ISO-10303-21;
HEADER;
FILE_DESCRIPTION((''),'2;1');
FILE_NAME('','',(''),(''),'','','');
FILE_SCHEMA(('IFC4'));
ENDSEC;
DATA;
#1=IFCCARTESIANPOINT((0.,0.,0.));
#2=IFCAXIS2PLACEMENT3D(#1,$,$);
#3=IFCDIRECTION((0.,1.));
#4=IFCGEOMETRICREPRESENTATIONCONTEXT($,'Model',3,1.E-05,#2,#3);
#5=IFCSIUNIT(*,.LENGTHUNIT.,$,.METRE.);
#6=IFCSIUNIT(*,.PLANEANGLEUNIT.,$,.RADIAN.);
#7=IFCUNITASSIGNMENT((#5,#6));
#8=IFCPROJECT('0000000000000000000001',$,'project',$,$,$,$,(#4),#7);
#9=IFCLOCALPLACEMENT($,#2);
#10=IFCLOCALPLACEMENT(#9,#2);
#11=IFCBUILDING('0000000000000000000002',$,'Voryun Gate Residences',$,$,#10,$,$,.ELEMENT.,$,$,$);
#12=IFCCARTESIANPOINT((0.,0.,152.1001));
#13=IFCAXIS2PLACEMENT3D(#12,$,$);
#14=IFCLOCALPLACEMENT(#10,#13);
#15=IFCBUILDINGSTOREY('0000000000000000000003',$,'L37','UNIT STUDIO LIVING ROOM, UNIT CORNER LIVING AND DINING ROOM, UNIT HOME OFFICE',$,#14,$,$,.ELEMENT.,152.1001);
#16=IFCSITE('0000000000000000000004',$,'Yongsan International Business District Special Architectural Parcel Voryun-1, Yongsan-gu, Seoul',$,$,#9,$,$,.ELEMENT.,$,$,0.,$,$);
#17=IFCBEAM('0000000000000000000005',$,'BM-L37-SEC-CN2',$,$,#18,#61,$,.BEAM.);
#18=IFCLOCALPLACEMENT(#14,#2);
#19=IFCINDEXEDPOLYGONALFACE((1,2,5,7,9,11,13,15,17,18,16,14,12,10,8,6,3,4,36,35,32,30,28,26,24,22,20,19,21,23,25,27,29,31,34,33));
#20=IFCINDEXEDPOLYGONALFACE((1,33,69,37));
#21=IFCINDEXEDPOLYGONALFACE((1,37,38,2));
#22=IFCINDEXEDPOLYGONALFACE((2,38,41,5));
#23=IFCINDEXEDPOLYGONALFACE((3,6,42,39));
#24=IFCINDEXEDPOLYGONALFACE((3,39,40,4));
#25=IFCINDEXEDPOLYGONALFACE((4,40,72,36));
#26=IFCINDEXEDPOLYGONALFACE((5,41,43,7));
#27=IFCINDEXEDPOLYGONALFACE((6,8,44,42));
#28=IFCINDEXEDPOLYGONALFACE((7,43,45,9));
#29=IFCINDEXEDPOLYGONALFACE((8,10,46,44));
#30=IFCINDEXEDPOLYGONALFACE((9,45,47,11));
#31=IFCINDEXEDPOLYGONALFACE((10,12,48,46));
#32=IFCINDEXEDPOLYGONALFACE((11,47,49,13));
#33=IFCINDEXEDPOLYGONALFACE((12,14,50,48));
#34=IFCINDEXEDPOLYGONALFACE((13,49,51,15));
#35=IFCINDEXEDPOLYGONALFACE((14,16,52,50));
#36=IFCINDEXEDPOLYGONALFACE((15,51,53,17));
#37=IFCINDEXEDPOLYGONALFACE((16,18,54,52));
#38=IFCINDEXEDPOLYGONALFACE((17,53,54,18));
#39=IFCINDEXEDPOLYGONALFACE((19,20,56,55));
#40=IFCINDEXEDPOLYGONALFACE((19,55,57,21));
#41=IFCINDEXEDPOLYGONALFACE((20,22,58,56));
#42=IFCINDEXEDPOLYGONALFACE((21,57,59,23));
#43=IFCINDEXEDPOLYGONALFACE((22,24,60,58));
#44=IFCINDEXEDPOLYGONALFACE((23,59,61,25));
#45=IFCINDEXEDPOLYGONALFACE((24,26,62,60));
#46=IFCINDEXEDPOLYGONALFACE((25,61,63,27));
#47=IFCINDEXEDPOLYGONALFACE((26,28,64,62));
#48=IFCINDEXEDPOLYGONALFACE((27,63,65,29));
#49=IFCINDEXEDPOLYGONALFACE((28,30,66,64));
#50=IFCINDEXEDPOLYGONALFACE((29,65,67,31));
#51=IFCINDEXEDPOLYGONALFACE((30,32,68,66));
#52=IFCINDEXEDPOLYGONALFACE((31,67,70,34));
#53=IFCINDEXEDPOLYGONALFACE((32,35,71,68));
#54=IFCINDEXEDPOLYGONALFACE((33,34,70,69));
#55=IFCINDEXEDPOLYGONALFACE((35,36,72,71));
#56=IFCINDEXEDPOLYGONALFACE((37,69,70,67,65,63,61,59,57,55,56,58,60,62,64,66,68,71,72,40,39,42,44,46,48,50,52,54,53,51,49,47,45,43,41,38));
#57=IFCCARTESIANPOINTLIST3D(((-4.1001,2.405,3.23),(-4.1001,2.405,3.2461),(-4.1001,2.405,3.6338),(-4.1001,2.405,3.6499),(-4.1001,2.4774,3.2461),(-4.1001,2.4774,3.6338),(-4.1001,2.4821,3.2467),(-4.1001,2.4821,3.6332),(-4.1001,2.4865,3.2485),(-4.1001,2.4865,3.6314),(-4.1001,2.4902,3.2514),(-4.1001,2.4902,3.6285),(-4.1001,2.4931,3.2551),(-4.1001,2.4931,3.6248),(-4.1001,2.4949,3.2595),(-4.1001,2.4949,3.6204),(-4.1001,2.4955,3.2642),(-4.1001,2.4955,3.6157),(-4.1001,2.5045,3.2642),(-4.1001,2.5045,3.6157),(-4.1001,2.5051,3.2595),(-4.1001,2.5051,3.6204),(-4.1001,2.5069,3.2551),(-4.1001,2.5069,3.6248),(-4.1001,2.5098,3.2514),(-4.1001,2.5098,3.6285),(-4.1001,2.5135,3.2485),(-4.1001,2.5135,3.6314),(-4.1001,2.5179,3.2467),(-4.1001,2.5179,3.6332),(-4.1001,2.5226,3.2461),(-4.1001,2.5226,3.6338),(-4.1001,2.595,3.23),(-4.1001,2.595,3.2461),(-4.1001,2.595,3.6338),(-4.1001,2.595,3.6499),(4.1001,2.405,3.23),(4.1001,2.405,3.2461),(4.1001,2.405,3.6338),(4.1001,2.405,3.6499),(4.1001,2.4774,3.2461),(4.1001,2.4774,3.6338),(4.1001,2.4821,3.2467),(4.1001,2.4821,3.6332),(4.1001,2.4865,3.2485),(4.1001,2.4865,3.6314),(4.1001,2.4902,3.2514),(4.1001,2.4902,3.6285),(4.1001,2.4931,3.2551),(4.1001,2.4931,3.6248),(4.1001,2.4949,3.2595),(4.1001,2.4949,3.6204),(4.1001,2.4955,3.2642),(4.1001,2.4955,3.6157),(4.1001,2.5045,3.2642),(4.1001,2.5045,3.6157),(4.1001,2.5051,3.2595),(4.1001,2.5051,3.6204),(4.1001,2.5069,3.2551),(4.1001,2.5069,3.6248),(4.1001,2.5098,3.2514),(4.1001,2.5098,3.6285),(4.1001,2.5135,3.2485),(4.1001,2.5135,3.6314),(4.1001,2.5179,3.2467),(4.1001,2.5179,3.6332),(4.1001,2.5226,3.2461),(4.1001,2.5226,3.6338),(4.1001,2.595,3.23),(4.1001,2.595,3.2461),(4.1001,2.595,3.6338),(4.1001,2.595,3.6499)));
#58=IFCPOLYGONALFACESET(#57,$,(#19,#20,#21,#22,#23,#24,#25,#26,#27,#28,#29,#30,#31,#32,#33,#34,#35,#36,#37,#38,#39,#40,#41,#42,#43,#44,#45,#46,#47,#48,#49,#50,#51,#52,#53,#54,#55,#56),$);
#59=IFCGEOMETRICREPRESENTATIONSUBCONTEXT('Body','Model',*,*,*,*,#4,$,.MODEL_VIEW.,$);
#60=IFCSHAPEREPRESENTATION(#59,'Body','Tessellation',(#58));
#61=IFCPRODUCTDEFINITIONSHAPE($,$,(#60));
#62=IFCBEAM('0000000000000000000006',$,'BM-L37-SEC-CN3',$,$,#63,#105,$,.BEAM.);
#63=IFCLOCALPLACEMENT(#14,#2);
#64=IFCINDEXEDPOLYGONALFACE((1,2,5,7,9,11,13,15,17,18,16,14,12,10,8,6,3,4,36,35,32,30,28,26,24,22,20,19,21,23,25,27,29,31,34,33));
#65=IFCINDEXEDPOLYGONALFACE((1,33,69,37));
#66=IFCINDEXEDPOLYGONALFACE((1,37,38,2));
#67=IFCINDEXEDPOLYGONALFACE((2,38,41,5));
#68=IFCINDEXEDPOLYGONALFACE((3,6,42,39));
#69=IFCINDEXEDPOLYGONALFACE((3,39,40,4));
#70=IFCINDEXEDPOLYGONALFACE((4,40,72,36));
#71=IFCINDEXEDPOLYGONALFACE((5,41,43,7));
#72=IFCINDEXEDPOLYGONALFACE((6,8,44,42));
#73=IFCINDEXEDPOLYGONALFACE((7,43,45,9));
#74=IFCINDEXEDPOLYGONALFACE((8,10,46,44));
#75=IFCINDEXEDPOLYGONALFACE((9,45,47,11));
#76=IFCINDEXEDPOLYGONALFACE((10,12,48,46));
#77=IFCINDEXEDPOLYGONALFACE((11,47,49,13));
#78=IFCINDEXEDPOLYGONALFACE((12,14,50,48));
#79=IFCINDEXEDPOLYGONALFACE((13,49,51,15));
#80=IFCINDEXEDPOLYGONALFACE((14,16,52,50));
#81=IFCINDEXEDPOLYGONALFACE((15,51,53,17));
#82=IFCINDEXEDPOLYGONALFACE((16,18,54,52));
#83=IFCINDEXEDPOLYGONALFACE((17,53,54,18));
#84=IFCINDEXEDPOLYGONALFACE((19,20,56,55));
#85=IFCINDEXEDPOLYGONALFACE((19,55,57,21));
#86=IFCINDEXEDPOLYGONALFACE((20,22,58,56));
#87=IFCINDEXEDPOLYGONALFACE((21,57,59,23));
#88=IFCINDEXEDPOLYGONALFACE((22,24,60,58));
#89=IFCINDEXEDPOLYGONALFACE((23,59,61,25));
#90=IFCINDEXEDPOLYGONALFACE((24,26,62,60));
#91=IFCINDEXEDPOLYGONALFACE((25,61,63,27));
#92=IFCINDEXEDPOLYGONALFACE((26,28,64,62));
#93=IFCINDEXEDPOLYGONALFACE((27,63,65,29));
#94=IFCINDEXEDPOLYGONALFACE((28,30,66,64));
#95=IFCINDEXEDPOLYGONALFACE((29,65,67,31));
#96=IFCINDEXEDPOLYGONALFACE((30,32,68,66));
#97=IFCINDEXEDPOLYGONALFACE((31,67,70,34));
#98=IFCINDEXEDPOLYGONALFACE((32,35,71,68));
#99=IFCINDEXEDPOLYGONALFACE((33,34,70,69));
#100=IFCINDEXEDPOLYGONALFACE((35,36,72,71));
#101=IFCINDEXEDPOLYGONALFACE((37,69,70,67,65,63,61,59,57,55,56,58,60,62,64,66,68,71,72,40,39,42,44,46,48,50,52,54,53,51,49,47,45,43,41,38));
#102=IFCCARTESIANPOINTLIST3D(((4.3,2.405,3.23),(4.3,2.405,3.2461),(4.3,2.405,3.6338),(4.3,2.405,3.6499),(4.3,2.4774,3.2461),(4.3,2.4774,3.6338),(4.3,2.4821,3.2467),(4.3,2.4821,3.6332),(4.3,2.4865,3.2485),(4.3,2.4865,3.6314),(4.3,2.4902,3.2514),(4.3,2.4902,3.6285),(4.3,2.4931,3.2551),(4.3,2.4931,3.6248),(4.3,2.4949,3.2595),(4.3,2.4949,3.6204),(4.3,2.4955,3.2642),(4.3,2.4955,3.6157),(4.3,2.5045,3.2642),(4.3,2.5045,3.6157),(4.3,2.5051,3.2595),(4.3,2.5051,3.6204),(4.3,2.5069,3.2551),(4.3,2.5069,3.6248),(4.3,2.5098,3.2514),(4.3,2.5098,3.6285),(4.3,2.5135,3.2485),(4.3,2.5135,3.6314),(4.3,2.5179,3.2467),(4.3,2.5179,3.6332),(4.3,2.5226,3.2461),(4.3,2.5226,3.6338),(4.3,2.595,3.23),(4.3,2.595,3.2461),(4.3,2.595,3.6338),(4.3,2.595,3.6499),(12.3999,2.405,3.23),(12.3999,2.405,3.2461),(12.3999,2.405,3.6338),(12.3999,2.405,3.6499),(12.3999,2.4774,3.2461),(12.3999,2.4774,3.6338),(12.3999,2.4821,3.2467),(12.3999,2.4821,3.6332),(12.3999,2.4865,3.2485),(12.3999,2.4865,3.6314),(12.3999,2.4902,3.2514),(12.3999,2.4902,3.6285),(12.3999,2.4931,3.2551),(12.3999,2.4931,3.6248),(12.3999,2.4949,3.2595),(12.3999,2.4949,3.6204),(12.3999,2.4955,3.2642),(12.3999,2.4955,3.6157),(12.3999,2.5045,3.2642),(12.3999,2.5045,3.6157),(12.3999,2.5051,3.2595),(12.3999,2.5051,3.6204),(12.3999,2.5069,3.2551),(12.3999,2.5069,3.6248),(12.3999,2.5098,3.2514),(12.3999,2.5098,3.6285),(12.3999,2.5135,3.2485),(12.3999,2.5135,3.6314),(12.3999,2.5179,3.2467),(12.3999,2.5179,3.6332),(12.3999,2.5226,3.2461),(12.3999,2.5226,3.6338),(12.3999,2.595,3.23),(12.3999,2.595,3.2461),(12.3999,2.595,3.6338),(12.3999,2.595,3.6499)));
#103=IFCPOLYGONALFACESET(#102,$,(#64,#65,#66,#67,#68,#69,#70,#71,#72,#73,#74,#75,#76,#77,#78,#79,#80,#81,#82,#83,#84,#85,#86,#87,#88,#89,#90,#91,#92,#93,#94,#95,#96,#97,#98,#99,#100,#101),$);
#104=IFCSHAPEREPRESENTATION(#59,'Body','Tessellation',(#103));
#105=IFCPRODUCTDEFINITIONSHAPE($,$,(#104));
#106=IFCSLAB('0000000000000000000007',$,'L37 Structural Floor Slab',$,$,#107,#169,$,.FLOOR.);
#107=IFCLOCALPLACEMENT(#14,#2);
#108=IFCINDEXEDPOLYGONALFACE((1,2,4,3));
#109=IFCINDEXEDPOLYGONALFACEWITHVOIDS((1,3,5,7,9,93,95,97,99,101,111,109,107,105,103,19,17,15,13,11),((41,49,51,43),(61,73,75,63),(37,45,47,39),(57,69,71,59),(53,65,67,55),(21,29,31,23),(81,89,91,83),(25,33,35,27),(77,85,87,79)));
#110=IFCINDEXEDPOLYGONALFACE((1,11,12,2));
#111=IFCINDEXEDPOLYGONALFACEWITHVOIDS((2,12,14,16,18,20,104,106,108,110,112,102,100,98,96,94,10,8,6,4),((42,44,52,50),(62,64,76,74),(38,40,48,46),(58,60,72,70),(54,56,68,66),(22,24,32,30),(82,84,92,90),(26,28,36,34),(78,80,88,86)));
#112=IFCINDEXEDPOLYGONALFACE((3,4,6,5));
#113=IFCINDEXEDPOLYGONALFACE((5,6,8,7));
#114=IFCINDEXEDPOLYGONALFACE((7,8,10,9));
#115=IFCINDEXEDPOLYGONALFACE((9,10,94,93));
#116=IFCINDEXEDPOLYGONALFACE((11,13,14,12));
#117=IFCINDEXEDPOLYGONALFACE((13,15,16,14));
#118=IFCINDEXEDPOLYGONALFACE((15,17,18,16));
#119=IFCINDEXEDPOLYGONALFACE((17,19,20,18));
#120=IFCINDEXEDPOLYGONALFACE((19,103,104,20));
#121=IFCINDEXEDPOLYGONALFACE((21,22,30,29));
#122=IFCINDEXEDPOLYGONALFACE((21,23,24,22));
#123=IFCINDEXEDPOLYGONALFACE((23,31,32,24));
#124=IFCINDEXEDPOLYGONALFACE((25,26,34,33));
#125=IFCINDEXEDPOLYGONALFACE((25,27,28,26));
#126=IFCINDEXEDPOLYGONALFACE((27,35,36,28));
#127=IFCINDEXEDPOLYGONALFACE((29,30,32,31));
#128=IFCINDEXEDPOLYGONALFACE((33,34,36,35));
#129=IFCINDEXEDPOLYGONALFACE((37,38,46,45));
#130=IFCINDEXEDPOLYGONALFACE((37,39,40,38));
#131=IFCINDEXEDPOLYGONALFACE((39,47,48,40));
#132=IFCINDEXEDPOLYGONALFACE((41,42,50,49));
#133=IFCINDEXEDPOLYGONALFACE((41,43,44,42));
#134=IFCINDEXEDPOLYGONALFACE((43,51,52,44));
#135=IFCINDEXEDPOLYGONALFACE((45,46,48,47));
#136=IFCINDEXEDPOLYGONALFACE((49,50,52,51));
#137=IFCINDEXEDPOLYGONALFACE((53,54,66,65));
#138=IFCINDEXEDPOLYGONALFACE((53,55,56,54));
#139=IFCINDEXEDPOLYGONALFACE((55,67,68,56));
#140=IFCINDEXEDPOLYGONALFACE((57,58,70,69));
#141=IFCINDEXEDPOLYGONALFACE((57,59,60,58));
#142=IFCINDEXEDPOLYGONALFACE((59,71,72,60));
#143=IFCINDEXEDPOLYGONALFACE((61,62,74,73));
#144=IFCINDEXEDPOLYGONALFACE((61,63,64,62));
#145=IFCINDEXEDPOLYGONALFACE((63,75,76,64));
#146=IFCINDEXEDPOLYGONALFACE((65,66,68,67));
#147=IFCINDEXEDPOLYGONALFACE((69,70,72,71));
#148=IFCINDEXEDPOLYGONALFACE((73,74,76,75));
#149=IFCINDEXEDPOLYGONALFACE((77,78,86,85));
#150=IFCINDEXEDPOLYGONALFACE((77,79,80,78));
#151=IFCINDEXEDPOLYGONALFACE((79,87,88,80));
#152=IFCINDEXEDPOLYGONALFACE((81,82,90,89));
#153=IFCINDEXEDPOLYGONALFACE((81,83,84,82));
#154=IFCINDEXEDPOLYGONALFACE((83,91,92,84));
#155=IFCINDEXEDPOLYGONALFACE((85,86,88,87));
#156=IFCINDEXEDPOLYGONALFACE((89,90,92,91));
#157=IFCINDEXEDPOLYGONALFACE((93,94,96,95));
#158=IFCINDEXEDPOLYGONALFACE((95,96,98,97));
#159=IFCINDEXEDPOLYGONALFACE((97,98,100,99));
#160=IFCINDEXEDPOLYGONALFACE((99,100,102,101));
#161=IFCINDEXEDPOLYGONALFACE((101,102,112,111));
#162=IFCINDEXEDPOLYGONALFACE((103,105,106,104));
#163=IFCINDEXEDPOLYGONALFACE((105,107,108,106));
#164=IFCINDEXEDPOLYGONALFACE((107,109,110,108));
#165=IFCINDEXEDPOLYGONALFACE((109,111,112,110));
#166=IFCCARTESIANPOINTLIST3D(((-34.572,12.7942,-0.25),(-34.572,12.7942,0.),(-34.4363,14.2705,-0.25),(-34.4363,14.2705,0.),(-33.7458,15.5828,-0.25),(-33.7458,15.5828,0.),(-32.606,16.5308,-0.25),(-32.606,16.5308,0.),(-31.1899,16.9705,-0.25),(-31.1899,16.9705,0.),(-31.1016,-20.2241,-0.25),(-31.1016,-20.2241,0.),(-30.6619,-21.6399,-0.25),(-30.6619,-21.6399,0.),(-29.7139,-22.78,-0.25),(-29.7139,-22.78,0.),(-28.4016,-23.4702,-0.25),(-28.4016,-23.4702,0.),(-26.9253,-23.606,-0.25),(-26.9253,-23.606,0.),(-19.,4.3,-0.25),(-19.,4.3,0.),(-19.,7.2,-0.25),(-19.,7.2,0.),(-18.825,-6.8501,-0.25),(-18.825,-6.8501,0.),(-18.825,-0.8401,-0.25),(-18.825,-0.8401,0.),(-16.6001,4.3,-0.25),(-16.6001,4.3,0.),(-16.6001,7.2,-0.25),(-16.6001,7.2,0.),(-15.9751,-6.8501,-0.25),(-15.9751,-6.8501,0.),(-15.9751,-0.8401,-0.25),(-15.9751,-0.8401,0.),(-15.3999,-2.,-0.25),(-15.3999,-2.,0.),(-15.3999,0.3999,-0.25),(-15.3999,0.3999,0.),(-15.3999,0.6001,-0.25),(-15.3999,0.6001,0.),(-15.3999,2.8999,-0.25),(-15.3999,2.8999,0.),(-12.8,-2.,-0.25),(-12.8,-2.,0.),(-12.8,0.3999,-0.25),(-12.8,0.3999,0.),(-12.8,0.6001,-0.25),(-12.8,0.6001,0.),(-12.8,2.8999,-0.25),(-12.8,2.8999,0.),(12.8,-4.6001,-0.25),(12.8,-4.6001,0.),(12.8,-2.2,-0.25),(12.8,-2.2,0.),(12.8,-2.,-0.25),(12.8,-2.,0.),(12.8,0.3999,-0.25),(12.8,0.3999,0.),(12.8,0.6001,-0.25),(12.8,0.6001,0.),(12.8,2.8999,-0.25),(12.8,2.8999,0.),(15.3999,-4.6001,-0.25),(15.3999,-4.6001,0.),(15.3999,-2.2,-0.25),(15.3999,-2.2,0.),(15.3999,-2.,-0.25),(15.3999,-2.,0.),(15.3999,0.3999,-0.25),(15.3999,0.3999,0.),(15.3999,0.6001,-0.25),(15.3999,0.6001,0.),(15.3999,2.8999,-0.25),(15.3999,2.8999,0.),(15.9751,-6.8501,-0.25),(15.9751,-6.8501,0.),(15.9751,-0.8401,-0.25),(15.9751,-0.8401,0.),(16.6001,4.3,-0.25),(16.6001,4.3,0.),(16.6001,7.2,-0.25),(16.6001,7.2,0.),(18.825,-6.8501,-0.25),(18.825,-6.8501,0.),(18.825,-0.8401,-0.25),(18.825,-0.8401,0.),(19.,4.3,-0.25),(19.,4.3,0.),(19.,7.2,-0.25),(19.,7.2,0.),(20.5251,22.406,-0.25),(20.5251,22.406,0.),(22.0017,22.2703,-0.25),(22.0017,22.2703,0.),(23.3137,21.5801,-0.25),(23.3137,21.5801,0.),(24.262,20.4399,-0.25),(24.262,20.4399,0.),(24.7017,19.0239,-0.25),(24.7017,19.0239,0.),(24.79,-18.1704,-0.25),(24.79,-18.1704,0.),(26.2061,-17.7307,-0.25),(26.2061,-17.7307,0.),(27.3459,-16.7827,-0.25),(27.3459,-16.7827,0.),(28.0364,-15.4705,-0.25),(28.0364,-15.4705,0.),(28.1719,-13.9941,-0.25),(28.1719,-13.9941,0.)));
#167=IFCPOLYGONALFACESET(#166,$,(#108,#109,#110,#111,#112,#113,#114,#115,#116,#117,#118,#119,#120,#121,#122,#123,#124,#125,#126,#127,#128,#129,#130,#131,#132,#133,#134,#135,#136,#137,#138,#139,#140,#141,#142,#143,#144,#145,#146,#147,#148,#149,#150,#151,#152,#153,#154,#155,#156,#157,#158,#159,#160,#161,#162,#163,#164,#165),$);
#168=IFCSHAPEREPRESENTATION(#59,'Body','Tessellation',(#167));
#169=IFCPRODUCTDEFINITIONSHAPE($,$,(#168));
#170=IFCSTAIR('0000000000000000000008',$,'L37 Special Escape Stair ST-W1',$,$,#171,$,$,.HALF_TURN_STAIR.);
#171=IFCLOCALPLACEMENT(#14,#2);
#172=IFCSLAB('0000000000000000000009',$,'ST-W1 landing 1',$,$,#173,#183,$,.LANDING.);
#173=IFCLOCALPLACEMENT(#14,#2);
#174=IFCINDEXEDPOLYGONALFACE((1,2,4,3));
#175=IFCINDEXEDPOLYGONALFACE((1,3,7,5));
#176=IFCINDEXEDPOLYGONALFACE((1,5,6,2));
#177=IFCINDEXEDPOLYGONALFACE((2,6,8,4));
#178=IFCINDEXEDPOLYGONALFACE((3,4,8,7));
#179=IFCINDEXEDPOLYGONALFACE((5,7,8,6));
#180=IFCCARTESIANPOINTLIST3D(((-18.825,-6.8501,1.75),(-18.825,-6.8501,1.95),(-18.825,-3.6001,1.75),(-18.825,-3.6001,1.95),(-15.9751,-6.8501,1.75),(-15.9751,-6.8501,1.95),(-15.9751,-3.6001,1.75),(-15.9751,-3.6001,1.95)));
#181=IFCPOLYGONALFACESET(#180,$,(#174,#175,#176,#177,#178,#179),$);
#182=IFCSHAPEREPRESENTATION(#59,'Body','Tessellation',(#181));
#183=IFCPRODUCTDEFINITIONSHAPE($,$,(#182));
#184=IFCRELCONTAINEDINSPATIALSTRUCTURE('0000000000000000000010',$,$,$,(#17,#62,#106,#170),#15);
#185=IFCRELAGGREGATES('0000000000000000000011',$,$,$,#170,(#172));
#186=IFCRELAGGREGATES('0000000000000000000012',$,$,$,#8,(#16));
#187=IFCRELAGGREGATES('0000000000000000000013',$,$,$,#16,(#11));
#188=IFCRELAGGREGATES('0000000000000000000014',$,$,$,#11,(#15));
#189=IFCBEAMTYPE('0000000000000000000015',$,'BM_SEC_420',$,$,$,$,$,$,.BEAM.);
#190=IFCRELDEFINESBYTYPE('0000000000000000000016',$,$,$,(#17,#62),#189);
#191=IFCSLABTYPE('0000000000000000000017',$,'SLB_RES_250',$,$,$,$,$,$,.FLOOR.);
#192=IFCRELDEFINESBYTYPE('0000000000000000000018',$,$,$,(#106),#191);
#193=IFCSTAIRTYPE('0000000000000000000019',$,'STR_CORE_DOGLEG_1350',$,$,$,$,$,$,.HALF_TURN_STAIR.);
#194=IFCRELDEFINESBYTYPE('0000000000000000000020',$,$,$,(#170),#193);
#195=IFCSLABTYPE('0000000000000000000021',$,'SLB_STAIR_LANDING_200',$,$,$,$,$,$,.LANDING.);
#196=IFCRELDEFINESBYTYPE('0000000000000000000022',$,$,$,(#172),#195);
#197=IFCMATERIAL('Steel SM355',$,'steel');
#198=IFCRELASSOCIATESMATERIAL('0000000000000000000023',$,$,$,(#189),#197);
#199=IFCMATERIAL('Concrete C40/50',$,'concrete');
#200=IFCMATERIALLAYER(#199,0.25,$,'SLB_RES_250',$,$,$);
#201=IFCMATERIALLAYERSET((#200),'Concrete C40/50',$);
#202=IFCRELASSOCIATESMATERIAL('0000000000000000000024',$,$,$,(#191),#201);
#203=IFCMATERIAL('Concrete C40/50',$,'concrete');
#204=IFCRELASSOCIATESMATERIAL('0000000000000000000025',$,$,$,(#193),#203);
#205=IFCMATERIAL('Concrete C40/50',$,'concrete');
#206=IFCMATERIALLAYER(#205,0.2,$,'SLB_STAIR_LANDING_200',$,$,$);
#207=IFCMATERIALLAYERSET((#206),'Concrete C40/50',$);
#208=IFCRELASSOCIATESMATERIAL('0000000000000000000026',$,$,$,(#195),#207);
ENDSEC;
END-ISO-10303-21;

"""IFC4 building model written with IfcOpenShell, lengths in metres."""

from ifc_helpers import new_model, si_unit, direction, frame, origin, origin_2d, place, context, subcontext, project, spatial, polyline, i_section, outline, extrude, material, layer, layer_set, material_profile, profile_set, type_object, element, aggregate, save


model = new_model("IFC4")

# Units and contexts
model_context = context("Model", 3, precision=1e-05, world=origin(), true_north=direction((0.0, 1.0)))
body_context = subcontext(model_context, "Body", "Model", "MODEL_VIEW")
ifc_project = project(units=[si_unit("LENGTHUNIT", "METRE"), si_unit("PLANEANGLEUNIT", "RADIAN")], contexts=[model_context])

# Site, building, storey
site_placement = place(None, origin())
site = spatial("IfcSite", under=ifc_project, at=site_placement, Name="Yongsan International Business District Special Architectural Parcel Voryun-1, Yongsan-gu, Seoul", CompositionType="ELEMENT", RefElevation=0.0)
building_placement = place(site_placement, origin())
building = spatial("IfcBuilding", under=site, at=building_placement, Name="Voryun Gate Residences", CompositionType="ELEMENT")
storey_placement = place(building_placement, frame((0.0, 0.0, 152.1001)))
storey = spatial("IfcBuildingStorey", under=building, at=storey_placement, Name="L37", Description="UNIT STUDIO LIVING ROOM, UNIT CORNER LIVING AND DINING ROOM, UNIT HOME OFFICE", CompositionType="ELEMENT", Elevation=152.1001)

# Beams
ifc_material_1 = material(Name="Steel SM355", Category="steel")
ifc_material_profile_1 = material_profile(ifc_material_1, i_section(OverallWidth=0.1899, OverallDepth=0.4199, WebThickness=0.009, FlangeThickness=0.0161, FilletRadius=0.0181, at=origin_2d()), Name="H-420x190x9x16")
ifc_profile_set_1 = profile_set([ifc_material_profile_1], Name="Steel SM355")
beam_type_1 = type_object("IfcBeamType", Name="BM_SEC_420", PredefinedType="BEAM", material=ifc_profile_set_1)
beam_1_placement = place(storey_placement, frame((-4.1001, 2.5, 3.4399), z_axis=(1.0, 0.0, 0.0), x_axis=(0.0, 1.0, 0.0)))
element("IfcBeam", 1, at=beam_1_placement, inside=storey, type_object=beam_type_1, Name="BM-L37-SEC-CN2", PredefinedType="BEAM", context=body_context, shape_type="SweptSolid", body=[
    extrude(i_section(OverallWidth=0.1899, OverallDepth=0.4199, WebThickness=0.009, FlangeThickness=0.0161, FilletRadius=0.0181, at=origin_2d()), origin(), (0.0, 0.0, 1.0), 8.2002),
])
beam_2_placement = place(storey_placement, frame((4.3, 2.5, 3.4399), z_axis=(1.0, 0.0, 0.0), x_axis=(0.0, 1.0, 0.0)))
element("IfcBeam", 2, at=beam_2_placement, inside=storey, type_object=beam_type_1, Name="BM-L37-SEC-CN3", PredefinedType="BEAM", context=body_context, shape_type="SweptSolid", body=[
    extrude(i_section(OverallWidth=0.1899, OverallDepth=0.4199, WebThickness=0.009, FlangeThickness=0.0161, FilletRadius=0.0181, at=origin_2d()), origin(), (0.0, 0.0, 1.0), 8.0999),
])

# Slab
ifc_material_2 = material(Name="Concrete C40/50", Category="concrete")
ifc_layer_1 = layer(ifc_material_2, 0.25, Name="SLB_RES_250")
ifc_layer_set_1 = layer_set([ifc_layer_1], Name="Concrete C40/50")
slab_type_1 = type_object("IfcSlabType", Name="SLB_RES_250", PredefinedType="FLOOR", material=ifc_layer_set_1)
slab_1_placement = place(storey_placement, frame((0.0, 0.0, -0.25)))
element("IfcSlab", 3, at=slab_1_placement, inside=storey, type_object=slab_type_1, Name="L37 Structural Floor Slab", PredefinedType="FLOOR", context=body_context, shape_type="SweptSolid", body=[
    extrude(outline(polyline([(-26.9253, -23.606), (-28.4016, -23.4702), (-29.7139, -22.78), (-30.6619, -21.6399), (-31.1016, -20.2241), (-34.572, 12.7942), (-34.4363, 14.2705), (-33.7458, 15.5828), (-32.606, 16.5308), (-31.1899, 16.9705), (20.5251, 22.406), (22.0017, 22.2703), (23.3137, 21.5801), (24.262, 20.4399), (24.7017, 19.0239), (28.1719, -13.9941), (28.0364, -15.4705), (27.3459, -16.7827), (26.2061, -17.7307), (24.79, -18.1704), (-26.9253, -23.606)]), holes=[polyline([(-15.9751, -6.8501), (-15.9751, -0.8401), (-18.825, -0.8401), (-18.825, -6.8501), (-15.9751, -6.8501)]), polyline([(18.825, -6.8501), (18.825, -0.8401), (15.9751, -0.8401), (15.9751, -6.8501), (18.825, -6.8501)]), polyline([(15.3999, -2.2), (12.8, -2.2), (12.8, -4.6001), (15.3999, -4.6001), (15.3999, -2.2)]), polyline([(-12.8, 0.3999), (-15.3999, 0.3999), (-15.3999, -2.0), (-12.8, -2.0), (-12.8, 0.3999)]), polyline([(15.3999, 0.3999), (12.8, 0.3999), (12.8, -2.0), (15.3999, -2.0), (15.3999, 0.3999)]), polyline([(-12.8, 2.8999), (-15.3999, 2.8999), (-15.3999, 0.6001), (-12.8, 0.6001), (-12.8, 2.8999)]), polyline([(15.3999, 2.8999), (12.8, 2.8999), (12.8, 0.6001), (15.3999, 0.6001), (15.3999, 2.8999)]), polyline([(-16.6001, 4.3), (-16.6001, 7.2), (-19.0, 7.2), (-19.0, 4.3), (-16.6001, 4.3)]), polyline([(19.0, 4.3), (19.0, 7.2), (16.6001, 7.2), (16.6001, 4.3), (19.0, 4.3)])]), origin(), (0.0, 0.0, 1.0), 0.25),
])

# Stair, slab
ifc_material_3 = material(Name="Concrete C40/50", Category="concrete")
stair_type = type_object("IfcStairType", Name="STR_CORE_DOGLEG_1350", PredefinedType="HALF_TURN_STAIR", material=ifc_material_3)
stair_1_placement = place(storey_placement, origin())
stair_1 = element("IfcStair", 4, at=stair_1_placement, inside=storey, type_object=stair_type, Name="L37 Special Escape Stair ST-W1", PredefinedType="HALF_TURN_STAIR")
ifc_material_4 = material(Name="Concrete C40/50", Category="concrete")
ifc_layer_2 = layer(ifc_material_4, 0.2, Name="SLB_STAIR_LANDING_200")
ifc_layer_set_2 = layer_set([ifc_layer_2], Name="Concrete C40/50")
slab_type_2 = type_object("IfcSlabType", Name="SLB_STAIR_LANDING_200", PredefinedType="LANDING", material=ifc_layer_set_2)
slab_2_placement = place(storey_placement, frame((0.0, 0.0, 1.75)))
slab_2 = element("IfcSlab", 5, at=slab_2_placement, type_object=slab_type_2, Name="ST-W1 landing 1", PredefinedType="LANDING", context=body_context, shape_type="SweptSolid", body=[
    extrude(outline(polyline([(-18.825, -3.6001), (-18.825, -6.8501), (-15.9751, -6.8501), (-15.9751, -3.6001), (-18.825, -3.6001)])), origin(), (0.0, 0.0, 1.0), 0.2),
])
aggregate(stair_1, [slab_2])

save(model, "model.ifc")
